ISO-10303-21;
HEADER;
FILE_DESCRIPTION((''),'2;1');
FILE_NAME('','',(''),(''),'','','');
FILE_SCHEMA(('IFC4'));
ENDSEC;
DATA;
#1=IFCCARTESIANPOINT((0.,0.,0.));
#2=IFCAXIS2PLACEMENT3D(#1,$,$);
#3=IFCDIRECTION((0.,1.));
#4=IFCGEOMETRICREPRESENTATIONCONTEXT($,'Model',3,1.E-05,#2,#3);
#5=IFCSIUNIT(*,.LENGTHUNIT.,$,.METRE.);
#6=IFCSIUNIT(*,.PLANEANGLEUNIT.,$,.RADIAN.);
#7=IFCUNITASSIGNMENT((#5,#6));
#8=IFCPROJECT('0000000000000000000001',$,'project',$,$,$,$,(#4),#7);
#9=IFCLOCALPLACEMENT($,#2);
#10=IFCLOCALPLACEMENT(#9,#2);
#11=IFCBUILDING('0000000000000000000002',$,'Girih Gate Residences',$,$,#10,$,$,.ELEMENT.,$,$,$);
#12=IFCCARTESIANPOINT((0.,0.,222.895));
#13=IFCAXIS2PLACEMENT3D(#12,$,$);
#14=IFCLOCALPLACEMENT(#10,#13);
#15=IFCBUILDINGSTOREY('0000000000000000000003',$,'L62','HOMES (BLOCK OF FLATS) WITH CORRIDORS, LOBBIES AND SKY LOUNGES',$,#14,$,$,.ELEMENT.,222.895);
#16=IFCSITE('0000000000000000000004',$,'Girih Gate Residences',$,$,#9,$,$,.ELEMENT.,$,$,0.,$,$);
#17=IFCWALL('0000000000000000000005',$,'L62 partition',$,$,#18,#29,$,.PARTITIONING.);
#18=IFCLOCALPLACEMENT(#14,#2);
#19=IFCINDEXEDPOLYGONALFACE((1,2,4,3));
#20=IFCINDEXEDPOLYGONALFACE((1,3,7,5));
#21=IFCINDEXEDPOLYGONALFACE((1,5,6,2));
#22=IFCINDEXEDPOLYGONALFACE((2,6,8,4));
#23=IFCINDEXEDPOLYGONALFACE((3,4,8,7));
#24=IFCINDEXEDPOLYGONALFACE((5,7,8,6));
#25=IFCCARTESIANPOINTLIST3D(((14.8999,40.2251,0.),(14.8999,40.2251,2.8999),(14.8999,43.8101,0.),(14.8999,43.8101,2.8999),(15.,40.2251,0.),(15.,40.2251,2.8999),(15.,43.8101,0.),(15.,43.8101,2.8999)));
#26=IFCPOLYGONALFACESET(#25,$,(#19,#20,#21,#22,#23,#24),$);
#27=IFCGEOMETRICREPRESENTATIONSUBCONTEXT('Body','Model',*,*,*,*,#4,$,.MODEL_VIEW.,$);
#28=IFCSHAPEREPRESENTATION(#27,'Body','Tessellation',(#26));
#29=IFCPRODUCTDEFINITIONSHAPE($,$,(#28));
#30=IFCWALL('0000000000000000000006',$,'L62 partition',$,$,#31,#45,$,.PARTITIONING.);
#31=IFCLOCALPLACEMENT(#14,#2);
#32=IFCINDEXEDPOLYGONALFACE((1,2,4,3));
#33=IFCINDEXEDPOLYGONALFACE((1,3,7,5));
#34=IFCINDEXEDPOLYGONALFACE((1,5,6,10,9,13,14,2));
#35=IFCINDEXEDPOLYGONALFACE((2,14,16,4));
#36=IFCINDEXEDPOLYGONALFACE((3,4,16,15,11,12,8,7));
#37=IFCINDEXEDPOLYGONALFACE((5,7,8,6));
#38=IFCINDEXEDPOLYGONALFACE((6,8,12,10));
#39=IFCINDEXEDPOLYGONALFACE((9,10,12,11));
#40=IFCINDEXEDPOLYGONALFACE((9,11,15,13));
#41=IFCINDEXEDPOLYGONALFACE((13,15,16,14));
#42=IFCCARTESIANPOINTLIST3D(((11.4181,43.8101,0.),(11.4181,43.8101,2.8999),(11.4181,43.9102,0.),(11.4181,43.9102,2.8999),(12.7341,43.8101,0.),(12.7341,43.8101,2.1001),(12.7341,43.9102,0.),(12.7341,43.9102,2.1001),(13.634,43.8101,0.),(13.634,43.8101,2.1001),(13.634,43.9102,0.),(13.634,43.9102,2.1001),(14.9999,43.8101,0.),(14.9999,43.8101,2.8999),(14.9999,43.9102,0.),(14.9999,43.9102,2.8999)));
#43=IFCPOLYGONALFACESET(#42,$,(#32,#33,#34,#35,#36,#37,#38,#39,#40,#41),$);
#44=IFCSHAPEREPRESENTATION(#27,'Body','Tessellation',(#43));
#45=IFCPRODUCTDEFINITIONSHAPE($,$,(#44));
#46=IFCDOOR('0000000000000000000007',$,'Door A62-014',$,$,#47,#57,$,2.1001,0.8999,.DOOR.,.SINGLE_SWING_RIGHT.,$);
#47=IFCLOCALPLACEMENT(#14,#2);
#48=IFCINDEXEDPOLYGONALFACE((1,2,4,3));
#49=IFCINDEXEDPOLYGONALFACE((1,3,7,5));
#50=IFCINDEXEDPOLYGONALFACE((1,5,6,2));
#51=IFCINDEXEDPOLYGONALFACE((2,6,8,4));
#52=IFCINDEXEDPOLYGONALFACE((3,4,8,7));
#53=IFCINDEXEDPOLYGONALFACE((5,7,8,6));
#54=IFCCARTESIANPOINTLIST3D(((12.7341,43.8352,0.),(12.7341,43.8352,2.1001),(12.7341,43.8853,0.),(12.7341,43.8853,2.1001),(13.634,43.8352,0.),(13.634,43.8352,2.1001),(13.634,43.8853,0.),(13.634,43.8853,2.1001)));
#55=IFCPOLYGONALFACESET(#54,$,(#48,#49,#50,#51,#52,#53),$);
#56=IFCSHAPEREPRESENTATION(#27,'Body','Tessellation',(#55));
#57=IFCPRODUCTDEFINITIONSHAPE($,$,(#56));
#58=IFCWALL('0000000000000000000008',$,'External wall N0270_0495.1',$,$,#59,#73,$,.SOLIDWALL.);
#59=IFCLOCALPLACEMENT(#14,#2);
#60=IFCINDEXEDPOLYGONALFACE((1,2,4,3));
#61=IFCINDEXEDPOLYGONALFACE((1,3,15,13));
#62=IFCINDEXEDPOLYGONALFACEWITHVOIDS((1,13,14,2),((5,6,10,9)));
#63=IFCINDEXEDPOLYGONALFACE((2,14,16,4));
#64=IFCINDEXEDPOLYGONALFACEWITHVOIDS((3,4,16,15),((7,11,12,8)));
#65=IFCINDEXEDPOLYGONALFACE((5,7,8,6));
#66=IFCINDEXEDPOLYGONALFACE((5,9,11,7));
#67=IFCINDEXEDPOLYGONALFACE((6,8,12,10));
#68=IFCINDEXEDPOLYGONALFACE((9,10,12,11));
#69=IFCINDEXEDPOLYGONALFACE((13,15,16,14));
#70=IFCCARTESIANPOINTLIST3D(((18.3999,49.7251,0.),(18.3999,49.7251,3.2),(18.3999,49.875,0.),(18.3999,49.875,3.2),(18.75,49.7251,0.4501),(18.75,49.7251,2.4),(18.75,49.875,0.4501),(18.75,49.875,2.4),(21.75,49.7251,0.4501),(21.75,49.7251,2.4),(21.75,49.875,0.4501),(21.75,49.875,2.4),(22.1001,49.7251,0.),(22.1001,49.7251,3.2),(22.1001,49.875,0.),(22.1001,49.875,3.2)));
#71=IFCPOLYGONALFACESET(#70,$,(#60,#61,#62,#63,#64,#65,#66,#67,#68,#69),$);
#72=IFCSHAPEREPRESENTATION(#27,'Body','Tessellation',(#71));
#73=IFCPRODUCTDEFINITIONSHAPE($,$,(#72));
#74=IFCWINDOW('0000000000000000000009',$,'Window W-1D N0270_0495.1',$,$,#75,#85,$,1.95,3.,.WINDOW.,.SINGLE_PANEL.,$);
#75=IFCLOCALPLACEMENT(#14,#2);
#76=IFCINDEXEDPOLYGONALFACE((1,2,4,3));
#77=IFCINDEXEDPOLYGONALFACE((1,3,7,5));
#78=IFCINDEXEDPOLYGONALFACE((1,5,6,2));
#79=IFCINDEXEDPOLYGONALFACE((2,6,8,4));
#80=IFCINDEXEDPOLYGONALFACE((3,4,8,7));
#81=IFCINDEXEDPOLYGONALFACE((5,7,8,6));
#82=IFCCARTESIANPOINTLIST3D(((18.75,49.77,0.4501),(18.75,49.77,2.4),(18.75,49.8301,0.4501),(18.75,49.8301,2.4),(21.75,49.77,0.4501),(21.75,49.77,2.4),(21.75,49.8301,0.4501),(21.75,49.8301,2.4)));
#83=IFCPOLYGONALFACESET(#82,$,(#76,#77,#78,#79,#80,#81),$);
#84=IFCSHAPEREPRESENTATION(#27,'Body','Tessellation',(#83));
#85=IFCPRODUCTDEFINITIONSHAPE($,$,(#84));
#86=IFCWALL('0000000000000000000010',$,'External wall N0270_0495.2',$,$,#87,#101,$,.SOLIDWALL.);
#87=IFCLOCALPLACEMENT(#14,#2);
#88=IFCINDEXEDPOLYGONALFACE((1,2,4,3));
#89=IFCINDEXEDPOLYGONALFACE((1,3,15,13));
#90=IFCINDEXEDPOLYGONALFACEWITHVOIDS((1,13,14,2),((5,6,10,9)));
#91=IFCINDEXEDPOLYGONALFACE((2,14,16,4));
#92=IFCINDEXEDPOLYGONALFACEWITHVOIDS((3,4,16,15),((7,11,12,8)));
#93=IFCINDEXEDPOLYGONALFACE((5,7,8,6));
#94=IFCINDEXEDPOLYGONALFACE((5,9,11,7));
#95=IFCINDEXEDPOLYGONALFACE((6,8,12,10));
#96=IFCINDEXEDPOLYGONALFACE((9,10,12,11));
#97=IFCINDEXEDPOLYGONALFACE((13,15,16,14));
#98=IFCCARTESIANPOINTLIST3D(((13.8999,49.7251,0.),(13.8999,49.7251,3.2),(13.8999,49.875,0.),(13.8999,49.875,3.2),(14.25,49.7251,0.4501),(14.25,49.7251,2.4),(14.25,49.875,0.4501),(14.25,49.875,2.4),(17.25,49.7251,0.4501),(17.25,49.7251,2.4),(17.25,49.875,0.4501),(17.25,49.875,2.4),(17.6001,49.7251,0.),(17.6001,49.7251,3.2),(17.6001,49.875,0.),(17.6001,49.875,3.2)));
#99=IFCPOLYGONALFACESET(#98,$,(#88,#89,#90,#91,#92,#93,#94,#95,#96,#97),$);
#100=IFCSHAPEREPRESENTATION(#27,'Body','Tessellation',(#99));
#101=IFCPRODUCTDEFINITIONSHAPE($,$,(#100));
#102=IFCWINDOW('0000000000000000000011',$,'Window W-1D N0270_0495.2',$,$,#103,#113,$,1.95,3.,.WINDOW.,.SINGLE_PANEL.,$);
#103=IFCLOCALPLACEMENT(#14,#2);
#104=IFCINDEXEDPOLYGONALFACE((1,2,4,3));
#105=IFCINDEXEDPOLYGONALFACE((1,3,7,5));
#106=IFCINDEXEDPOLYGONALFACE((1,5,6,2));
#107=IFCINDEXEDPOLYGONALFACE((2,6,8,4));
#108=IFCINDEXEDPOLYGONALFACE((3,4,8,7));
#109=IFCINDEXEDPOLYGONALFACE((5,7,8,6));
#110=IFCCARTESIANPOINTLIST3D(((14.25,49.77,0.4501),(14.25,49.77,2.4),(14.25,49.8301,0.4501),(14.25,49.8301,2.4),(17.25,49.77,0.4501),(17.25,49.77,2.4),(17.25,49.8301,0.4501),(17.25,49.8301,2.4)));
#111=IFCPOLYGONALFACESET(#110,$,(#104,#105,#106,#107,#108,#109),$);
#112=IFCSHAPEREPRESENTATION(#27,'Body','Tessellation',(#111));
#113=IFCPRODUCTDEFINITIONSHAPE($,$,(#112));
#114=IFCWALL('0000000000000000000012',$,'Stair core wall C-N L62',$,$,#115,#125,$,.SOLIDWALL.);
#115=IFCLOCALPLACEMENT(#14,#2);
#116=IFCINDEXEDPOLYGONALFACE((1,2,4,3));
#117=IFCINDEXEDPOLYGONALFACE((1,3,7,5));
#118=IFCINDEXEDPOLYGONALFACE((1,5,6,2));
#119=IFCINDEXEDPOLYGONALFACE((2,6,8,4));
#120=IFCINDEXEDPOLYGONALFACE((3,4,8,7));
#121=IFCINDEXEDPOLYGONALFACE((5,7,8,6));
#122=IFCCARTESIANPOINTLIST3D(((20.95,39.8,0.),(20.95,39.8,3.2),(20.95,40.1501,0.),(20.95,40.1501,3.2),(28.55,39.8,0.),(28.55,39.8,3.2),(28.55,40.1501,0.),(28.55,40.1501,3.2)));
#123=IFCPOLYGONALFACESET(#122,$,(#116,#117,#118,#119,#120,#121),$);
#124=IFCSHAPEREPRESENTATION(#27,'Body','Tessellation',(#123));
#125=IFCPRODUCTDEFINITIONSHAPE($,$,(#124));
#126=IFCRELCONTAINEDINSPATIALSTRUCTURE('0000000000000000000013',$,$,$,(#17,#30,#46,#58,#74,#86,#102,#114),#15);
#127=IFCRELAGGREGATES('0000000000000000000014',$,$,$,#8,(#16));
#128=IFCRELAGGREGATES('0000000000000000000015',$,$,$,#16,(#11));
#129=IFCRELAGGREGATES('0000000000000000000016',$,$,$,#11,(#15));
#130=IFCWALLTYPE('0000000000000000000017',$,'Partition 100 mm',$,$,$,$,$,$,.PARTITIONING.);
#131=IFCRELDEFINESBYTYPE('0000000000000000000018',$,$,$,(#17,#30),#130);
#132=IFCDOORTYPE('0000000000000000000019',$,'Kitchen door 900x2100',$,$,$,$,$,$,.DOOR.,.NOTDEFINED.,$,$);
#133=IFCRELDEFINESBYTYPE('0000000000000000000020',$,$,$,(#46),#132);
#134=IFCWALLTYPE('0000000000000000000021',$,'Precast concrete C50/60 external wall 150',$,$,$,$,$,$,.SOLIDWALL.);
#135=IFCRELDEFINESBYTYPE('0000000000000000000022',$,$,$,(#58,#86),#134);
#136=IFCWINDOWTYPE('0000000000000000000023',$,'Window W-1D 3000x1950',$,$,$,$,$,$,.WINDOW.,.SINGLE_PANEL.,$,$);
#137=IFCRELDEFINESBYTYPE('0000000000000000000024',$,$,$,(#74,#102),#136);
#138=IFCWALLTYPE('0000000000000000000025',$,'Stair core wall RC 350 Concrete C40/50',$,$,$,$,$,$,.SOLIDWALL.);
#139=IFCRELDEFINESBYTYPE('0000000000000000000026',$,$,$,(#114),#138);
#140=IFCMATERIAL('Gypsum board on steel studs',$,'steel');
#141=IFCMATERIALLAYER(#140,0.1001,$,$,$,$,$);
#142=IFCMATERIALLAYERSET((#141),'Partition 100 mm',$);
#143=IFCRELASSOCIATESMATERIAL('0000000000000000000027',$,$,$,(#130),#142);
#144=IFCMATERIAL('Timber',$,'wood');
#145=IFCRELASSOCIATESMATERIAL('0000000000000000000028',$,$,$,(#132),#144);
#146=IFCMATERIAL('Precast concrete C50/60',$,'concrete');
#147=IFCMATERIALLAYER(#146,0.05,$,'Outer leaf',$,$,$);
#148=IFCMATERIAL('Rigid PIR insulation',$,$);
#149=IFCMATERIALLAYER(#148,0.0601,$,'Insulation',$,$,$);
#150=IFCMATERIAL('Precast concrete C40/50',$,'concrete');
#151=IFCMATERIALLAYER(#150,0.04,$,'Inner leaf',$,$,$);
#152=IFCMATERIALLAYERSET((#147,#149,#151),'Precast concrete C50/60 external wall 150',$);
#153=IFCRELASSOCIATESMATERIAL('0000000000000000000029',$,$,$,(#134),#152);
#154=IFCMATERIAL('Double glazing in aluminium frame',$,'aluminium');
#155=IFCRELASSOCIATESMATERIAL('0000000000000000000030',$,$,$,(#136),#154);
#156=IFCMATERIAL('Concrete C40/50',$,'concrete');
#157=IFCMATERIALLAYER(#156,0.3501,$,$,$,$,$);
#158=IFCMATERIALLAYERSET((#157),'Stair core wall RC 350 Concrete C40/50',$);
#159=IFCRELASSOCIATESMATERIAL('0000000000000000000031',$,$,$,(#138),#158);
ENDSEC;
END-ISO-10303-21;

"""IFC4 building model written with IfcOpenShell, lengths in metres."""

from ifc_helpers import new_model, si_unit, direction, frame, frame_2d, origin, place, context, subcontext, project, spatial, rectangle, extrude, material, layer, layer_set, type_object, element, fill, save


model = new_model("IFC4")

# Units and contexts
model_context = context("Model", 3, precision=1e-05, world=origin(), true_north=direction((0.0, 1.0)))
body_context = subcontext(model_context, "Body", "Model", "MODEL_VIEW")
ifc_project = project(units=[si_unit("LENGTHUNIT", "METRE"), si_unit("PLANEANGLEUNIT", "RADIAN")], contexts=[model_context])

# Site, building, storey
site_placement = place(None, origin())
site = spatial("IfcSite", under=ifc_project, at=site_placement, Name="Girih Gate Residences", CompositionType="ELEMENT", RefElevation=0.0)
building_placement = place(site_placement, origin())
building = spatial("IfcBuilding", under=site, at=building_placement, Name="Girih Gate Residences", CompositionType="ELEMENT")
storey_placement = place(building_placement, frame((0.0, 0.0, 222.895)))
storey = spatial("IfcBuildingStorey", under=building, at=storey_placement, Name="L62", Description="HOMES (BLOCK OF FLATS) WITH CORRIDORS, LOBBIES AND SKY LOUNGES", CompositionType="ELEMENT", Elevation=222.895)

# Shared definitions
ifc_material_1 = material(Name="Gypsum board on steel studs", Category="steel")

# Wall
ifc_layer_1 = layer(ifc_material_1, 0.1001)
ifc_layer_set_1 = layer_set([ifc_layer_1], Name="Partition 100 mm")
wall_type_1 = type_object("IfcWallType", Name="Partition 100 mm", PredefinedType="PARTITIONING", material=ifc_layer_set_1)
wall_1_placement = place(storey_placement, frame((14.95, 40.2251, 0.0), z_axis=(0.0, 0.0, 1.0), x_axis=(0.0, 1.0, 0.0)))
element("IfcWall", 1, at=wall_1_placement, inside=storey, type_object=wall_type_1, Name="L62 partition", PredefinedType="PARTITIONING", context=body_context, shape_type="SweptSolid", body=[
    extrude(rectangle(XDim=3.585, YDim=0.1001, at=frame_2d((1.7925, 0.0))), origin(), (0.0, 0.0, 1.0), 2.8999),
])

# Wall, opening, door
wall_2_placement = place(storey_placement, frame((15.0, 43.8601, 0.0), z_axis=(0.0, 0.0, 1.0), x_axis=(-1.0, 0.0, 0.0)))
wall_2 = element("IfcWall", 2, at=wall_2_placement, inside=storey, type_object=wall_type_1, Name="L62 partition", PredefinedType="PARTITIONING", context=body_context, shape_type="SweptSolid", body=[
    extrude(rectangle(XDim=3.5818, YDim=0.1001, at=frame_2d((1.791, 0.0))), origin(), (0.0, 0.0, 1.0), 2.8999),
])
opening_1_placement = place(wall_2_placement, frame((1.366, 0.0, 0.0)))
opening_1 = element("IfcOpeningElement", 3, at=opening_1_placement, cuts=wall_2, PredefinedType="OPENING", context=body_context, shape_type="SweptSolid", body=[
    extrude(rectangle(XDim=0.8999, YDim=2.1001, at=frame_2d((0.45, 1.05))), frame((0.0, 0.0601, 0.0), z_axis=(0.0, -1.0, 0.0), x_axis=(1.0, 0.0, 0.0)), (0.0, 0.0, 1.0), 0.1201),
])
ifc_material_2 = material(Name="Timber", Category="wood")
door_type_1 = type_object("IfcDoorType", Name="Kitchen door 900x2100", OperationType="NOTDEFINED", PredefinedType="DOOR", material=ifc_material_2)
door_1_placement = place(opening_1_placement, origin())
door_1 = element("IfcDoor", 4, at=door_1_placement, inside=storey, type_object=door_type_1, Name="Door A62-014", OperationType="SINGLE_SWING_RIGHT", OverallHeight=2.1001, OverallWidth=0.8999, PredefinedType="DOOR", context=body_context, shape_type="SweptSolid", body=[
    extrude(rectangle(XDim=0.8999, YDim=2.1001, at=frame_2d((0.45, 1.05))), frame((0.0, 0.0249, 0.0), z_axis=(0.0, -1.0, 0.0), x_axis=(1.0, 0.0, 0.0)), (0.0, 0.0, 1.0), 0.05),
])
fill(opening_1, door_1)

# Walls, openings, windows
ifc_material_3 = material(Name="Precast concrete C50/60", Category="concrete")
ifc_layer_2 = layer(ifc_material_3, 0.05, Name="Outer leaf")
ifc_material_4 = material(Name="Rigid PIR insulation")
ifc_layer_3 = layer(ifc_material_4, 0.0601, Name="Insulation")
ifc_material_5 = material(Name="Precast concrete C40/50", Category="concrete")
ifc_layer_4 = layer(ifc_material_5, 0.04, Name="Inner leaf")
ifc_layer_set_2 = layer_set([ifc_layer_2, ifc_layer_3, ifc_layer_4], Name="Precast concrete C50/60 external wall 150")
wall_type_2 = type_object("IfcWallType", Name="Precast concrete C50/60 external wall 150", PredefinedType="SOLIDWALL", material=ifc_layer_set_2)
wall_3_placement = place(storey_placement, frame((18.3999, 49.8, 0.0), z_axis=(0.0, 0.0, 1.0), x_axis=(1.0, 0.0, 0.0)))
wall_3 = element("IfcWall", 5, at=wall_3_placement, inside=storey, type_object=wall_type_2, Name="External wall N0270_0495.1", PredefinedType="SOLIDWALL", context=body_context, shape_type="SweptSolid", body=[
    extrude(rectangle(XDim=3.7002, YDim=0.1499, at=frame_2d((1.8501, 0.0))), origin(), (0.0, 0.0, 1.0), 3.2),
])
opening_2_placement = place(wall_3_placement, frame((0.3501, 0.0, 0.45)))
opening_2 = element("IfcOpeningElement", 6, at=opening_2_placement, cuts=wall_3, PredefinedType="OPENING", context=body_context, shape_type="SweptSolid", body=[
    extrude(rectangle(XDim=3.0, YDim=1.95, at=frame_2d((1.5, 0.9751))), frame((0.0, 0.085, 0.0), z_axis=(0.0, -1.0, 0.0), x_axis=(1.0, 0.0, 0.0)), (0.0, 0.0, 1.0), 0.1699),
])
ifc_material_6 = material(Name="Double glazing in aluminium frame", Category="aluminium")
window_type = type_object("IfcWindowType", Name="Window W-1D 3000x1950", PartitioningType="SINGLE_PANEL", PredefinedType="WINDOW", material=ifc_material_6)
window_1_placement = place(opening_2_placement, origin())
window_1 = element("IfcWindow", 7, at=window_1_placement, inside=storey, type_object=window_type, Name="Window W-1D N0270_0495.1", OverallHeight=1.95, OverallWidth=3.0, PartitioningType="SINGLE_PANEL", PredefinedType="WINDOW", context=body_context, shape_type="SweptSolid", body=[
    extrude(rectangle(XDim=3.0, YDim=1.95, at=frame_2d((1.5, 0.9751))), frame((0.0, 0.03, 0.0), z_axis=(0.0, -1.0, 0.0), x_axis=(1.0, 0.0, 0.0)), (0.0, 0.0, 1.0), 0.0601),
])
fill(opening_2, window_1)
wall_4_placement = place(storey_placement, frame((13.8999, 49.8, 0.0), z_axis=(0.0, 0.0, 1.0), x_axis=(1.0, 0.0, 0.0)))
wall_4 = element("IfcWall", 8, at=wall_4_placement, inside=storey, type_object=wall_type_2, Name="External wall N0270_0495.2", PredefinedType="SOLIDWALL", context=body_context, shape_type="SweptSolid", body=[
    extrude(rectangle(XDim=3.7002, YDim=0.1499, at=frame_2d((1.8501, 0.0))), origin(), (0.0, 0.0, 1.0), 3.2),
])
opening_3_placement = place(wall_4_placement, frame((0.3501, 0.0, 0.45)))
opening_3 = element("IfcOpeningElement", 9, at=opening_3_placement, cuts=wall_4, PredefinedType="OPENING", context=body_context, shape_type="SweptSolid", body=[
    extrude(rectangle(XDim=3.0, YDim=1.95, at=frame_2d((1.5, 0.9751))), frame((0.0, 0.085, 0.0), z_axis=(0.0, -1.0, 0.0), x_axis=(1.0, 0.0, 0.0)), (0.0, 0.0, 1.0), 0.1699),
])
window_2_placement = place(opening_3_placement, origin())
window_2 = element("IfcWindow", 10, at=window_2_placement, inside=storey, type_object=window_type, Name="Window W-1D N0270_0495.2", OverallHeight=1.95, OverallWidth=3.0, PartitioningType="SINGLE_PANEL", PredefinedType="WINDOW", context=body_context, shape_type="SweptSolid", body=[
    extrude(rectangle(XDim=3.0, YDim=1.95, at=frame_2d((1.5, 0.9751))), frame((0.0, 0.03, 0.0), z_axis=(0.0, -1.0, 0.0), x_axis=(1.0, 0.0, 0.0)), (0.0, 0.0, 1.0), 0.0601),
])
fill(opening_3, window_2)

# Wall
ifc_material_7 = material(Name="Concrete C40/50", Category="concrete")
ifc_layer_5 = layer(ifc_material_7, 0.3501)
ifc_layer_set_3 = layer_set([ifc_layer_5], Name="Stair core wall RC 350 Concrete C40/50")
wall_type_3 = type_object("IfcWallType", Name="Stair core wall RC 350 Concrete C40/50", PredefinedType="SOLIDWALL", material=ifc_layer_set_3)
wall_5_placement = place(storey_placement, frame((20.95, 39.9751, 0.0), z_axis=(0.0, 0.0, 1.0), x_axis=(1.0, 0.0, 0.0)))
element("IfcWall", 11, at=wall_5_placement, inside=storey, type_object=wall_type_3, Name="Stair core wall C-N L62", PredefinedType="SOLIDWALL", context=body_context, shape_type="SweptSolid", body=[
    extrude(rectangle(XDim=7.6001, YDim=0.3501, at=frame_2d((3.8, 0.0))), origin(), (0.0, 0.0, 1.0), 3.2),
])

save(model, "model.ifc")
